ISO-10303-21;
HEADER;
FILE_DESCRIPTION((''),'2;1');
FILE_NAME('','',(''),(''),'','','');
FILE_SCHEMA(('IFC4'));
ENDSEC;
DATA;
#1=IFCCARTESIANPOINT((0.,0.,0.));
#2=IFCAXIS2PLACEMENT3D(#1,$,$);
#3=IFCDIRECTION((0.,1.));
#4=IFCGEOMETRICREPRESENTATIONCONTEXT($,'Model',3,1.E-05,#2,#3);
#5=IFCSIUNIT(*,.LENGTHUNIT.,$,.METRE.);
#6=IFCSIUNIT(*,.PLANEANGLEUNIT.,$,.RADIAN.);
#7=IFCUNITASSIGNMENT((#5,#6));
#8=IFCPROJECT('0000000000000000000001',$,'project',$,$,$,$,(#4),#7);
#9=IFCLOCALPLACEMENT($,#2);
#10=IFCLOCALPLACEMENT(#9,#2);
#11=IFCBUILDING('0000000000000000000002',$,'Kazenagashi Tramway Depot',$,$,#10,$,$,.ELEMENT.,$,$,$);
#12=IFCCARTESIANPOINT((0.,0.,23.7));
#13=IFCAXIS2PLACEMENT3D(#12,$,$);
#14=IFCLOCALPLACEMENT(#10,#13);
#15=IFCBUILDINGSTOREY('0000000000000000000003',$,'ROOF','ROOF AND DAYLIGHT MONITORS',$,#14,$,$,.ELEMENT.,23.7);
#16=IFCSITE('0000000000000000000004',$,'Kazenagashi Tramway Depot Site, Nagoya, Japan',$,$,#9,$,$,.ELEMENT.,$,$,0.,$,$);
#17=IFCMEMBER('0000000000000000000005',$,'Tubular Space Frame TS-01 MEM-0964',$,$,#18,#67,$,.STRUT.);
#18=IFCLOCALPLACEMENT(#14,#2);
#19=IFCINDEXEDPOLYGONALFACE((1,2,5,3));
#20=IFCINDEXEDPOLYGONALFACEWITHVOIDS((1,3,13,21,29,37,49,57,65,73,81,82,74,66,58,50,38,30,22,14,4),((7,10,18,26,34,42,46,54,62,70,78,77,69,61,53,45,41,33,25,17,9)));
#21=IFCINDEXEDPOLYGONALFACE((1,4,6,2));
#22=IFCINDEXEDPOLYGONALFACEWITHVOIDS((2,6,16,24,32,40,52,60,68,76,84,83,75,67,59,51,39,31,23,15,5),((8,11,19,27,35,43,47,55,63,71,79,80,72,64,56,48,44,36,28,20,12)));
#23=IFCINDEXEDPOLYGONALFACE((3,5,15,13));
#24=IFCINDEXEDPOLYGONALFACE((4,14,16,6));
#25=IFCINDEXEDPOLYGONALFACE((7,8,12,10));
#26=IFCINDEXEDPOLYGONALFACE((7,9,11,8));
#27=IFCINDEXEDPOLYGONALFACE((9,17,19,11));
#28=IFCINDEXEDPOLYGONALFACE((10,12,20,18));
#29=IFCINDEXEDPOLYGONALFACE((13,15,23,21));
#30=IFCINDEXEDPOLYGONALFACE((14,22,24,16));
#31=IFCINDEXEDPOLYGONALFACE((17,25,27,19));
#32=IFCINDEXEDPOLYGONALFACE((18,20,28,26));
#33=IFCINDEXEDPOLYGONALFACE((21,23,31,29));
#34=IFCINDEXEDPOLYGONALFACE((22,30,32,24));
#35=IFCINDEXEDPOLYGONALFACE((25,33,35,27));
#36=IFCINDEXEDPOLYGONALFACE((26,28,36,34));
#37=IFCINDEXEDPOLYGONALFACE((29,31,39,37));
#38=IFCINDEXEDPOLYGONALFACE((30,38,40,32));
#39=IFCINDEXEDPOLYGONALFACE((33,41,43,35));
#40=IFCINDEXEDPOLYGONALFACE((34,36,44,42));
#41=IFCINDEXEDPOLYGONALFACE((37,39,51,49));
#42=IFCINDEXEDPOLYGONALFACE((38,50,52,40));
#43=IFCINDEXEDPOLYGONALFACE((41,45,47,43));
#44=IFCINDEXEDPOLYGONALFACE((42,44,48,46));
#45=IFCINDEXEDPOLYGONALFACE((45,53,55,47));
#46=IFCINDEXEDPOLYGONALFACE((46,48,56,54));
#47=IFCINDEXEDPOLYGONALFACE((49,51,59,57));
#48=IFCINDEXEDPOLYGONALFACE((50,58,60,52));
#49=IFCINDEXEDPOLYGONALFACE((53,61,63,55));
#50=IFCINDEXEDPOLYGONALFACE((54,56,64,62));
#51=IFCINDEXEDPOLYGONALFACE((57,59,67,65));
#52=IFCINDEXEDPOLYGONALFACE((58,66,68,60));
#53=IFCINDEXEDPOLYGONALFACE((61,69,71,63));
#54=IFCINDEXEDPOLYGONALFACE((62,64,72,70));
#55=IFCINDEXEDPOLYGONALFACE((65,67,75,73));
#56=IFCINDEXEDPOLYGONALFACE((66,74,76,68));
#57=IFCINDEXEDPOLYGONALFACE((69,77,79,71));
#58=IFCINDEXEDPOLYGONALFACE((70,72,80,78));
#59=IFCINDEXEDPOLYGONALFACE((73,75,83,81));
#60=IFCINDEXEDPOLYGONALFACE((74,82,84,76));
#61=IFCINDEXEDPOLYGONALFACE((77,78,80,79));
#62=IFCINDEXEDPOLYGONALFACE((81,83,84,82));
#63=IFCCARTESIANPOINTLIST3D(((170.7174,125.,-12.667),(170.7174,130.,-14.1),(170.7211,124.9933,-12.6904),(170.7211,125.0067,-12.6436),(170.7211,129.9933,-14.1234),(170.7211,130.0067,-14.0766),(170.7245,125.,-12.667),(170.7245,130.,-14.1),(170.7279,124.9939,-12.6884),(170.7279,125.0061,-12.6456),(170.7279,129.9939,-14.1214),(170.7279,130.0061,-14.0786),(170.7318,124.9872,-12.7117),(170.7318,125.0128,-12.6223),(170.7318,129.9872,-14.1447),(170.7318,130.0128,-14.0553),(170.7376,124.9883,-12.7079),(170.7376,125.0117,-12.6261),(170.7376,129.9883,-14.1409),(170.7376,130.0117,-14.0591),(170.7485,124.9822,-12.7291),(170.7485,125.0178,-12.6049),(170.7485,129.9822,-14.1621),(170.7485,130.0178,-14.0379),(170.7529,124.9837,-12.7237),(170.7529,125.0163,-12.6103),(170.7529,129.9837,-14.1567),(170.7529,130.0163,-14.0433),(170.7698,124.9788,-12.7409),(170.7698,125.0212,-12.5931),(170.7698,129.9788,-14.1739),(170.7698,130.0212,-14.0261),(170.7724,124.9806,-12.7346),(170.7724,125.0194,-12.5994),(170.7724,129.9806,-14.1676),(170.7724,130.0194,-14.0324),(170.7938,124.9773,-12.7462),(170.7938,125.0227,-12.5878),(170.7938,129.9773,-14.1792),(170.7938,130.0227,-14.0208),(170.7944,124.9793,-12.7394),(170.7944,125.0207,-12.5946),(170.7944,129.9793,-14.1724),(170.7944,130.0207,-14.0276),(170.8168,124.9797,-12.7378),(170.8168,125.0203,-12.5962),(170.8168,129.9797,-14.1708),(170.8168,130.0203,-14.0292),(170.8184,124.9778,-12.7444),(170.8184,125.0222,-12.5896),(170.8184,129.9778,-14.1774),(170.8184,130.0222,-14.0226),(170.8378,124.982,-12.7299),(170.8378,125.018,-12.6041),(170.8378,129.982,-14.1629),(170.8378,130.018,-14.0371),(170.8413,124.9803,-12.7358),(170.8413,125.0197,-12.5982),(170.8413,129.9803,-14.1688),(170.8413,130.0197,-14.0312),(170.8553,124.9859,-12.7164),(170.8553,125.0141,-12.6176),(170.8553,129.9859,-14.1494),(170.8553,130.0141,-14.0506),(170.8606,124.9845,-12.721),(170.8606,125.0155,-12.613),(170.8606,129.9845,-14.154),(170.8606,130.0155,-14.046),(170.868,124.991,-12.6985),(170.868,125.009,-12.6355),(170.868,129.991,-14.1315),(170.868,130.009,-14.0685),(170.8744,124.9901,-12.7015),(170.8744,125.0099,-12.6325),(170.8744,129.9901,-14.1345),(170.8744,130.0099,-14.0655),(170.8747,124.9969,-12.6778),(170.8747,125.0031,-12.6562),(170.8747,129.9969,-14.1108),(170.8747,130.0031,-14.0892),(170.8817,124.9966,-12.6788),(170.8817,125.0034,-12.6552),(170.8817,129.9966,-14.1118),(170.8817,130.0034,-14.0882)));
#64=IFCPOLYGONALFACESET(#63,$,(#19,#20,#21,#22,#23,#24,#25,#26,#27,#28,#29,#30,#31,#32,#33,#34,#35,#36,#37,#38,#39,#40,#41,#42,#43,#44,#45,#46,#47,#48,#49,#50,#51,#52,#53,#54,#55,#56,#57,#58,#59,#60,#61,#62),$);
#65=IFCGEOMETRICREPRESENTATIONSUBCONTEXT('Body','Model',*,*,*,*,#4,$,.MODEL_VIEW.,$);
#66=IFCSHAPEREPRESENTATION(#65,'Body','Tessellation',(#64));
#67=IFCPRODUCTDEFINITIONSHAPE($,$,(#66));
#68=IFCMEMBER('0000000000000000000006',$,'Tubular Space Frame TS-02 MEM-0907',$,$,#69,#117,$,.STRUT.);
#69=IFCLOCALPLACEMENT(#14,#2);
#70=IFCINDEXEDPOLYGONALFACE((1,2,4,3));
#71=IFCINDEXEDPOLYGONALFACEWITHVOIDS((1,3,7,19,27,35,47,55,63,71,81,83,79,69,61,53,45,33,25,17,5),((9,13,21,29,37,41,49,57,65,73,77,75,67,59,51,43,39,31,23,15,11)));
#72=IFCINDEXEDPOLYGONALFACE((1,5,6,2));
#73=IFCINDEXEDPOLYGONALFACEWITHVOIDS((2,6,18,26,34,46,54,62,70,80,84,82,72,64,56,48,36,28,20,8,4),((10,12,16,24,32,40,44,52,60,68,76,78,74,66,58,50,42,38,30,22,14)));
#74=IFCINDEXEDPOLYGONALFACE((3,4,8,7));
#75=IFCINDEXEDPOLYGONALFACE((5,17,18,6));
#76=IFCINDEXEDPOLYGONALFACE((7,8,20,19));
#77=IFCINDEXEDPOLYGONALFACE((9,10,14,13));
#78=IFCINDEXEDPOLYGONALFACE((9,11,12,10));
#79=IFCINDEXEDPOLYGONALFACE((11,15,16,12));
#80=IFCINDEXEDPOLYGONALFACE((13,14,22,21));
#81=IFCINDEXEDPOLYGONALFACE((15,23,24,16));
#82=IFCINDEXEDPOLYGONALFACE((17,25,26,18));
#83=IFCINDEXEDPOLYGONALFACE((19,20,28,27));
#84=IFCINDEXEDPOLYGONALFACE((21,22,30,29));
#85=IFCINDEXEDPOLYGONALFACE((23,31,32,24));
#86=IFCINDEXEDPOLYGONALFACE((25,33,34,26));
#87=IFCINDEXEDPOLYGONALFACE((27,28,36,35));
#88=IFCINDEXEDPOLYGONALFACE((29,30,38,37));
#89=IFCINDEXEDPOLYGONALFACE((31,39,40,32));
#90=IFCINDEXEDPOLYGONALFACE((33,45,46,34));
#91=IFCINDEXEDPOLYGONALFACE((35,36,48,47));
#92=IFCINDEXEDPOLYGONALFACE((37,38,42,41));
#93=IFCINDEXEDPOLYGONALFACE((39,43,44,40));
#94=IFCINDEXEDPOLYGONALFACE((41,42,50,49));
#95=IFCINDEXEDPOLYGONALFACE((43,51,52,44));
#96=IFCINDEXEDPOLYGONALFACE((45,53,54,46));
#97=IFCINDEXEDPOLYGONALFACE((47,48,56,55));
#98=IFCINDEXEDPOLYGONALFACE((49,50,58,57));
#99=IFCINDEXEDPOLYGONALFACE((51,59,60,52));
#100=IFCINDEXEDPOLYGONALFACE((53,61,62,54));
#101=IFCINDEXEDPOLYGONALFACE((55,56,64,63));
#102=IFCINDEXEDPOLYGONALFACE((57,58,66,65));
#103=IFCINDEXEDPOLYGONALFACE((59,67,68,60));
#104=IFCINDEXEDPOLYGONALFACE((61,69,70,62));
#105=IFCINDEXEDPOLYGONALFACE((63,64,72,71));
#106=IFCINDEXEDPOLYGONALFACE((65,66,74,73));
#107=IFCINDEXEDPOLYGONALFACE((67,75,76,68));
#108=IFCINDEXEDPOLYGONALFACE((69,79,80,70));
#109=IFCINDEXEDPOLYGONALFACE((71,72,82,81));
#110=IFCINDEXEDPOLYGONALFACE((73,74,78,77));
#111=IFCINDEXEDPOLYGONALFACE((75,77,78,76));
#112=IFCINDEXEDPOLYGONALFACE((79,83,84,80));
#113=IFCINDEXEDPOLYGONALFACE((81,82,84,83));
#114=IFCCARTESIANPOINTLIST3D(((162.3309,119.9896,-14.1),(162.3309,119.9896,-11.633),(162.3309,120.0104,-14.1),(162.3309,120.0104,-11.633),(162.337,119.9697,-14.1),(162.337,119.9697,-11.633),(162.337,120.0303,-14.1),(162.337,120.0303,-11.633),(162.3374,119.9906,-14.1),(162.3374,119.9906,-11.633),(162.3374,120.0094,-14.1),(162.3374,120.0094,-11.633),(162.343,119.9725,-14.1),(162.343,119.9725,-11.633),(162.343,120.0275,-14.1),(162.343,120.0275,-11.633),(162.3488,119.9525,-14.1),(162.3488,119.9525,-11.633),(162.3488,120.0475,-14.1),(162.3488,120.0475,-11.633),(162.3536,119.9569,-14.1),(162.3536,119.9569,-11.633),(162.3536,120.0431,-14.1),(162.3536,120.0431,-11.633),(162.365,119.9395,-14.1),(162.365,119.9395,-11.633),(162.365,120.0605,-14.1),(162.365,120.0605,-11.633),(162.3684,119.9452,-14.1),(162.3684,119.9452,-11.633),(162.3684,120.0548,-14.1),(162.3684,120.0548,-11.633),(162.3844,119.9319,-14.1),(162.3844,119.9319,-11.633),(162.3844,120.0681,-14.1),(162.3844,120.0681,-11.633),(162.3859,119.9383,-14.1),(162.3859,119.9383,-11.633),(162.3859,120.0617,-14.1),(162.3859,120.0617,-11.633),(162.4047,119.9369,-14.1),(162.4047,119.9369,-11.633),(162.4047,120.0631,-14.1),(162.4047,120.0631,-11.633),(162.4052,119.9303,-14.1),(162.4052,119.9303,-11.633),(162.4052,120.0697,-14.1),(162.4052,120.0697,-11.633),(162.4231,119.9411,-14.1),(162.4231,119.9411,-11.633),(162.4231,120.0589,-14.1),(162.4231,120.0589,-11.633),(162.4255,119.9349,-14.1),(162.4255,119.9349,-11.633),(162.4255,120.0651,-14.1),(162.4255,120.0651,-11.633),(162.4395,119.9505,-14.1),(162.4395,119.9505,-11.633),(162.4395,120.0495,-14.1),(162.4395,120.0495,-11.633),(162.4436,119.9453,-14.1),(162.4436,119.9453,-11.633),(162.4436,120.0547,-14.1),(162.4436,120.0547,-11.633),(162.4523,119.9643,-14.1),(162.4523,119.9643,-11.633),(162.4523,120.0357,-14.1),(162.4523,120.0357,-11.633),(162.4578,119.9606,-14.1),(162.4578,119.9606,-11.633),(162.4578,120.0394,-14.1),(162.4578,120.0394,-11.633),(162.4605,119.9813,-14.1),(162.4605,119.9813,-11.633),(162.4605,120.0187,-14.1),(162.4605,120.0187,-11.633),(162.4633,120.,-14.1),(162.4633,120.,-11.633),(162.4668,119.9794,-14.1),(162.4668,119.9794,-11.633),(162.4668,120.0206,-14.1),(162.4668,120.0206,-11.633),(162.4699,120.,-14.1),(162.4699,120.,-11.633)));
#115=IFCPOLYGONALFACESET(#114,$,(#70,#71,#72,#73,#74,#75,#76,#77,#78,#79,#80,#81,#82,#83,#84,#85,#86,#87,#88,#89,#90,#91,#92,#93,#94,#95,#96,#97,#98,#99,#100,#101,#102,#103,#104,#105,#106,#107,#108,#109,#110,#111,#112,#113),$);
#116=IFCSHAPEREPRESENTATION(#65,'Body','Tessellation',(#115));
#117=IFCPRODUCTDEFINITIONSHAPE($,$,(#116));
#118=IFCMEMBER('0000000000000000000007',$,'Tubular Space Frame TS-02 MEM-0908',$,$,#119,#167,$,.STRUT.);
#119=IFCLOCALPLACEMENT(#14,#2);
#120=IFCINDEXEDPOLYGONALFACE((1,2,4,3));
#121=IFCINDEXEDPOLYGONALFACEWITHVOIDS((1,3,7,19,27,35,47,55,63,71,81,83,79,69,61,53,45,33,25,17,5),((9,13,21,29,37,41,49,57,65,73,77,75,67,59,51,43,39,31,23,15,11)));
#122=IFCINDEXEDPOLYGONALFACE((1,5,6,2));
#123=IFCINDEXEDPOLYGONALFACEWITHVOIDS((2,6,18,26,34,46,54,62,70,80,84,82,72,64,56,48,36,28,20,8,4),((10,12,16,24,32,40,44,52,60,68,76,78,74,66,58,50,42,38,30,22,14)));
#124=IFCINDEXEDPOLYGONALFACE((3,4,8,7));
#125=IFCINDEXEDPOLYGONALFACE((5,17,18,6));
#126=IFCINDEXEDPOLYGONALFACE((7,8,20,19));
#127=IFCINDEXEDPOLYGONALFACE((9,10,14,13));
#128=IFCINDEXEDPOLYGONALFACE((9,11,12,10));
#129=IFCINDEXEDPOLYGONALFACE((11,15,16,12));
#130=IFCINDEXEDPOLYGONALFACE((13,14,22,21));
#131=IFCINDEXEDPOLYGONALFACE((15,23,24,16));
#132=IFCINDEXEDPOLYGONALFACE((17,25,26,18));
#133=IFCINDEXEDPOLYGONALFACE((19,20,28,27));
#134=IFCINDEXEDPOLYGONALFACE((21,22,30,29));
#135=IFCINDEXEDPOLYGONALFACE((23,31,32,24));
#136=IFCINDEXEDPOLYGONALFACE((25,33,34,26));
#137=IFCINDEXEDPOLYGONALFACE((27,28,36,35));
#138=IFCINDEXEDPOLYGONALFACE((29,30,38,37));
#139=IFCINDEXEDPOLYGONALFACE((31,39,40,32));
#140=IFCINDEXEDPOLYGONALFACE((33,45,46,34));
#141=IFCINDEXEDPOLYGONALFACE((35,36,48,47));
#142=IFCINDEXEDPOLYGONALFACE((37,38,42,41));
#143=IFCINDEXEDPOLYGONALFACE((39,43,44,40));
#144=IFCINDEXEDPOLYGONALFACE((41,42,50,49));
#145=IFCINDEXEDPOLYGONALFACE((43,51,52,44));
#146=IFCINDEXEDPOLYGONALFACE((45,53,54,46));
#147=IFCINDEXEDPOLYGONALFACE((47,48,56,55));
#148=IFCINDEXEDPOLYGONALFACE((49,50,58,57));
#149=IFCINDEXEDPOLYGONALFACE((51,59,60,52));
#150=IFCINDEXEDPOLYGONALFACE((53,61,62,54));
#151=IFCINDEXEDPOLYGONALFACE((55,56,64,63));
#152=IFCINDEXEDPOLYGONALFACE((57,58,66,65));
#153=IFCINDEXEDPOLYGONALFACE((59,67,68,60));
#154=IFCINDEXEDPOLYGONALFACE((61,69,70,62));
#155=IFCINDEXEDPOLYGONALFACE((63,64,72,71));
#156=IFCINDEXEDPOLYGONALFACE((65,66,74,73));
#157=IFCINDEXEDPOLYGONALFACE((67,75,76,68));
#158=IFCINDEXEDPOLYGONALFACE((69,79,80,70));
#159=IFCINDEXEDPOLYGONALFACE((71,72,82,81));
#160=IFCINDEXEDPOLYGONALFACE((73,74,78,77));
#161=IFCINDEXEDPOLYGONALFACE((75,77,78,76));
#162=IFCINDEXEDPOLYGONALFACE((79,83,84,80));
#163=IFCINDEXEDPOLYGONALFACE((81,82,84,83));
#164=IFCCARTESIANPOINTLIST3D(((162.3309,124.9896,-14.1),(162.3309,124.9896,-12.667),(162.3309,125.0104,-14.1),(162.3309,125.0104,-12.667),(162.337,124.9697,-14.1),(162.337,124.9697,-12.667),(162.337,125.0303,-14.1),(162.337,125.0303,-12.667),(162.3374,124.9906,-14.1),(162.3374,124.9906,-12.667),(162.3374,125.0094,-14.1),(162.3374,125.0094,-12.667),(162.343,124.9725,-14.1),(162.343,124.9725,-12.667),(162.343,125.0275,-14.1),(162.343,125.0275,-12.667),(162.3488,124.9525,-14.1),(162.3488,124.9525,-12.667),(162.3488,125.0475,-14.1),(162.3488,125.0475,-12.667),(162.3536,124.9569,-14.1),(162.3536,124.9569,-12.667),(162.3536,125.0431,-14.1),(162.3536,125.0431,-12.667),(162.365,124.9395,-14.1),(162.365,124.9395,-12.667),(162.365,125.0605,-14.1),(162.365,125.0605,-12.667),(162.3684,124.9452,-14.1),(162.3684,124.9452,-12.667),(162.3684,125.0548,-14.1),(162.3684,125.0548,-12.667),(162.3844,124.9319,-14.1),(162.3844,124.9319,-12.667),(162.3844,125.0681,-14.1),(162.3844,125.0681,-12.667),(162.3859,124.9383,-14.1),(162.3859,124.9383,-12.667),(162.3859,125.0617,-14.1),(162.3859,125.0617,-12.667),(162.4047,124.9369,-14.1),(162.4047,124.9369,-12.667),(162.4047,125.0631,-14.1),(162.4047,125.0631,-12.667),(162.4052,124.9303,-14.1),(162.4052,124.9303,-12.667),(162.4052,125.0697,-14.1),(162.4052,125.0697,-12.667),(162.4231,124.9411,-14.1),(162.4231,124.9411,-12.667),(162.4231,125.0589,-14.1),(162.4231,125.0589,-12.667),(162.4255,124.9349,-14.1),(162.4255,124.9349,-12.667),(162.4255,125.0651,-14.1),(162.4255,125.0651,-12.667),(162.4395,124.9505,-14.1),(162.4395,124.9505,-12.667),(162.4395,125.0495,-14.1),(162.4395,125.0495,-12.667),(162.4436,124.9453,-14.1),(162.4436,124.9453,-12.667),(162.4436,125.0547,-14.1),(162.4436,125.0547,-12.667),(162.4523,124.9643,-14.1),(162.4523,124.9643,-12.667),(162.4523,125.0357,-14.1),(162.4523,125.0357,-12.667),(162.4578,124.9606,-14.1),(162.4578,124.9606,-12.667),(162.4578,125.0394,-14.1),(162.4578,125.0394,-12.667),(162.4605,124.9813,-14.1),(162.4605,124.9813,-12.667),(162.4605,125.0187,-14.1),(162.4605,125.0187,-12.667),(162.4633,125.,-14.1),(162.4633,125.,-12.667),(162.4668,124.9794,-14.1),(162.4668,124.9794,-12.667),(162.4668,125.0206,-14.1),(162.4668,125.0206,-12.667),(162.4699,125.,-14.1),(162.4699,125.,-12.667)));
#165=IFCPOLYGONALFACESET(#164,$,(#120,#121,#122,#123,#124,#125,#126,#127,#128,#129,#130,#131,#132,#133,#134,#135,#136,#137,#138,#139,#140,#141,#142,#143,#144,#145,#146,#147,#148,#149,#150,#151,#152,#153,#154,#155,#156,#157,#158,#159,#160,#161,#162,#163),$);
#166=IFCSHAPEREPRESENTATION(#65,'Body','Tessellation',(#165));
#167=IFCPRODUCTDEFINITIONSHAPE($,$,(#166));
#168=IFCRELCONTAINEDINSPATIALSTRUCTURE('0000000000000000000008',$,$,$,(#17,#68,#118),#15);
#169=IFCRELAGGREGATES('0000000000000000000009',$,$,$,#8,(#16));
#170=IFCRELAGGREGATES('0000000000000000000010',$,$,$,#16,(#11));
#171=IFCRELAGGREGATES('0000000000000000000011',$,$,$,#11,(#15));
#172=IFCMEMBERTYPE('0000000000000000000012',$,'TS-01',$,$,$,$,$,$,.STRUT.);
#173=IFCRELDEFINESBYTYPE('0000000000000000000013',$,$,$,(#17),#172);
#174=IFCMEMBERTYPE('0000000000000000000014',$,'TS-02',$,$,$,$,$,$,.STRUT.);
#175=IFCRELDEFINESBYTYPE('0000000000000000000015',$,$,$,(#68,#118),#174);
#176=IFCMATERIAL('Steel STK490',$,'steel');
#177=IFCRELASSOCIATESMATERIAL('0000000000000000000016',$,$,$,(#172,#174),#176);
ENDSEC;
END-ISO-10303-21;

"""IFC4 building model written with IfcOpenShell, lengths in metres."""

from ifc_helpers import new_model, si_unit, direction, frame, origin, origin_2d, place, context, subcontext, project, spatial, hollow_circle, extrude, material, material_profile, profile_set, type_object, element, save


model = new_model("IFC4")

# Units and contexts
model_context = context("Model", 3, precision=1e-05, world=origin(), true_north=direction((0.0, 1.0)))
body_context = subcontext(model_context, "Body", "Model", "MODEL_VIEW")
ifc_project = project(units=[si_unit("LENGTHUNIT", "METRE"), si_unit("PLANEANGLEUNIT", "RADIAN")], contexts=[model_context])

# Site, building, storey
site_placement = place(None, origin())
site = spatial("IfcSite", under=ifc_project, at=site_placement, Name="Kazenagashi Tramway Depot Site, Nagoya, Japan", CompositionType="ELEMENT", RefElevation=0.0)
building_placement = place(site_placement, origin())
building = spatial("IfcBuilding", under=site, at=building_placement, Name="Kazenagashi Tramway Depot", CompositionType="ELEMENT")
storey_placement = place(building_placement, frame((0.0, 0.0, 23.7)))
storey = spatial("IfcBuildingStorey", under=building, at=storey_placement, Name="ROOF", Description="ROOF AND DAYLIGHT MONITORS", CompositionType="ELEMENT", Elevation=23.7)

# Members
ifc_material_1 = material(Name="Steel STK490", Category="steel")
ifc_material_profile_1 = material_profile(ifc_material_1, hollow_circle(Radius=0.0826, WallThickness=0.0071, at=origin_2d()), Name="CHS-165.2x7.1")
ifc_profile_set_1 = profile_set([ifc_material_profile_1], Name="Steel STK490")
member_type_1 = type_object("IfcMemberType", Name="TS-01", PredefinedType="STRUT", material=ifc_profile_set_1)
member_1_placement = place(storey_placement, frame((170.8, 125.0, -12.667), z_axis=(0.0, 0.961299, -0.275508), x_axis=(-1.0, 0.0, 0.0)))
element("IfcMember", 1, at=member_1_placement, inside=storey, type_object=member_type_1, Name="Tubular Space Frame TS-01 MEM-0964", PredefinedType="STRUT", context=body_context, shape_type="SweptSolid", body=[
    extrude(hollow_circle(Radius=0.0826, WallThickness=0.0071, at=origin_2d()), origin(), (0.0, 0.0, 1.0), 5.2013),
])
ifc_material_profile_2 = material_profile(ifc_material_1, hollow_circle(Radius=0.0699, WallThickness=0.0066, at=origin_2d()), Name="CHS-139.8x6.6")
ifc_profile_set_2 = profile_set([ifc_material_profile_2], Name="Steel STK490")
member_type_2 = type_object("IfcMemberType", Name="TS-02", PredefinedType="STRUT", material=ifc_profile_set_2)
member_2_placement = place(storey_placement, frame((162.4, 120.0, -14.1), z_axis=(0.0, 0.0, 1.0), x_axis=(1.0, 0.0, 0.0)))
element("IfcMember", 2, at=member_2_placement, inside=storey, type_object=member_type_2, Name="Tubular Space Frame TS-02 MEM-0907", PredefinedType="STRUT", context=body_context, shape_type="SweptSolid", body=[
    extrude(hollow_circle(Radius=0.0699, WallThickness=0.0066, at=origin_2d()), origin(), (0.0, 0.0, 1.0), 2.467),
])
member_3_placement = place(storey_placement, frame((162.4, 125.0, -14.1), z_axis=(0.0, 0.0, 1.0), x_axis=(1.0, 0.0, 0.0)))
element("IfcMember", 3, at=member_3_placement, inside=storey, type_object=member_type_2, Name="Tubular Space Frame TS-02 MEM-0908", PredefinedType="STRUT", context=body_context, shape_type="SweptSolid", body=[
    extrude(hollow_circle(Radius=0.0699, WallThickness=0.0066, at=origin_2d()), origin(), (0.0, 0.0, 1.0), 1.433),
])

save(model, "model.ifc")
